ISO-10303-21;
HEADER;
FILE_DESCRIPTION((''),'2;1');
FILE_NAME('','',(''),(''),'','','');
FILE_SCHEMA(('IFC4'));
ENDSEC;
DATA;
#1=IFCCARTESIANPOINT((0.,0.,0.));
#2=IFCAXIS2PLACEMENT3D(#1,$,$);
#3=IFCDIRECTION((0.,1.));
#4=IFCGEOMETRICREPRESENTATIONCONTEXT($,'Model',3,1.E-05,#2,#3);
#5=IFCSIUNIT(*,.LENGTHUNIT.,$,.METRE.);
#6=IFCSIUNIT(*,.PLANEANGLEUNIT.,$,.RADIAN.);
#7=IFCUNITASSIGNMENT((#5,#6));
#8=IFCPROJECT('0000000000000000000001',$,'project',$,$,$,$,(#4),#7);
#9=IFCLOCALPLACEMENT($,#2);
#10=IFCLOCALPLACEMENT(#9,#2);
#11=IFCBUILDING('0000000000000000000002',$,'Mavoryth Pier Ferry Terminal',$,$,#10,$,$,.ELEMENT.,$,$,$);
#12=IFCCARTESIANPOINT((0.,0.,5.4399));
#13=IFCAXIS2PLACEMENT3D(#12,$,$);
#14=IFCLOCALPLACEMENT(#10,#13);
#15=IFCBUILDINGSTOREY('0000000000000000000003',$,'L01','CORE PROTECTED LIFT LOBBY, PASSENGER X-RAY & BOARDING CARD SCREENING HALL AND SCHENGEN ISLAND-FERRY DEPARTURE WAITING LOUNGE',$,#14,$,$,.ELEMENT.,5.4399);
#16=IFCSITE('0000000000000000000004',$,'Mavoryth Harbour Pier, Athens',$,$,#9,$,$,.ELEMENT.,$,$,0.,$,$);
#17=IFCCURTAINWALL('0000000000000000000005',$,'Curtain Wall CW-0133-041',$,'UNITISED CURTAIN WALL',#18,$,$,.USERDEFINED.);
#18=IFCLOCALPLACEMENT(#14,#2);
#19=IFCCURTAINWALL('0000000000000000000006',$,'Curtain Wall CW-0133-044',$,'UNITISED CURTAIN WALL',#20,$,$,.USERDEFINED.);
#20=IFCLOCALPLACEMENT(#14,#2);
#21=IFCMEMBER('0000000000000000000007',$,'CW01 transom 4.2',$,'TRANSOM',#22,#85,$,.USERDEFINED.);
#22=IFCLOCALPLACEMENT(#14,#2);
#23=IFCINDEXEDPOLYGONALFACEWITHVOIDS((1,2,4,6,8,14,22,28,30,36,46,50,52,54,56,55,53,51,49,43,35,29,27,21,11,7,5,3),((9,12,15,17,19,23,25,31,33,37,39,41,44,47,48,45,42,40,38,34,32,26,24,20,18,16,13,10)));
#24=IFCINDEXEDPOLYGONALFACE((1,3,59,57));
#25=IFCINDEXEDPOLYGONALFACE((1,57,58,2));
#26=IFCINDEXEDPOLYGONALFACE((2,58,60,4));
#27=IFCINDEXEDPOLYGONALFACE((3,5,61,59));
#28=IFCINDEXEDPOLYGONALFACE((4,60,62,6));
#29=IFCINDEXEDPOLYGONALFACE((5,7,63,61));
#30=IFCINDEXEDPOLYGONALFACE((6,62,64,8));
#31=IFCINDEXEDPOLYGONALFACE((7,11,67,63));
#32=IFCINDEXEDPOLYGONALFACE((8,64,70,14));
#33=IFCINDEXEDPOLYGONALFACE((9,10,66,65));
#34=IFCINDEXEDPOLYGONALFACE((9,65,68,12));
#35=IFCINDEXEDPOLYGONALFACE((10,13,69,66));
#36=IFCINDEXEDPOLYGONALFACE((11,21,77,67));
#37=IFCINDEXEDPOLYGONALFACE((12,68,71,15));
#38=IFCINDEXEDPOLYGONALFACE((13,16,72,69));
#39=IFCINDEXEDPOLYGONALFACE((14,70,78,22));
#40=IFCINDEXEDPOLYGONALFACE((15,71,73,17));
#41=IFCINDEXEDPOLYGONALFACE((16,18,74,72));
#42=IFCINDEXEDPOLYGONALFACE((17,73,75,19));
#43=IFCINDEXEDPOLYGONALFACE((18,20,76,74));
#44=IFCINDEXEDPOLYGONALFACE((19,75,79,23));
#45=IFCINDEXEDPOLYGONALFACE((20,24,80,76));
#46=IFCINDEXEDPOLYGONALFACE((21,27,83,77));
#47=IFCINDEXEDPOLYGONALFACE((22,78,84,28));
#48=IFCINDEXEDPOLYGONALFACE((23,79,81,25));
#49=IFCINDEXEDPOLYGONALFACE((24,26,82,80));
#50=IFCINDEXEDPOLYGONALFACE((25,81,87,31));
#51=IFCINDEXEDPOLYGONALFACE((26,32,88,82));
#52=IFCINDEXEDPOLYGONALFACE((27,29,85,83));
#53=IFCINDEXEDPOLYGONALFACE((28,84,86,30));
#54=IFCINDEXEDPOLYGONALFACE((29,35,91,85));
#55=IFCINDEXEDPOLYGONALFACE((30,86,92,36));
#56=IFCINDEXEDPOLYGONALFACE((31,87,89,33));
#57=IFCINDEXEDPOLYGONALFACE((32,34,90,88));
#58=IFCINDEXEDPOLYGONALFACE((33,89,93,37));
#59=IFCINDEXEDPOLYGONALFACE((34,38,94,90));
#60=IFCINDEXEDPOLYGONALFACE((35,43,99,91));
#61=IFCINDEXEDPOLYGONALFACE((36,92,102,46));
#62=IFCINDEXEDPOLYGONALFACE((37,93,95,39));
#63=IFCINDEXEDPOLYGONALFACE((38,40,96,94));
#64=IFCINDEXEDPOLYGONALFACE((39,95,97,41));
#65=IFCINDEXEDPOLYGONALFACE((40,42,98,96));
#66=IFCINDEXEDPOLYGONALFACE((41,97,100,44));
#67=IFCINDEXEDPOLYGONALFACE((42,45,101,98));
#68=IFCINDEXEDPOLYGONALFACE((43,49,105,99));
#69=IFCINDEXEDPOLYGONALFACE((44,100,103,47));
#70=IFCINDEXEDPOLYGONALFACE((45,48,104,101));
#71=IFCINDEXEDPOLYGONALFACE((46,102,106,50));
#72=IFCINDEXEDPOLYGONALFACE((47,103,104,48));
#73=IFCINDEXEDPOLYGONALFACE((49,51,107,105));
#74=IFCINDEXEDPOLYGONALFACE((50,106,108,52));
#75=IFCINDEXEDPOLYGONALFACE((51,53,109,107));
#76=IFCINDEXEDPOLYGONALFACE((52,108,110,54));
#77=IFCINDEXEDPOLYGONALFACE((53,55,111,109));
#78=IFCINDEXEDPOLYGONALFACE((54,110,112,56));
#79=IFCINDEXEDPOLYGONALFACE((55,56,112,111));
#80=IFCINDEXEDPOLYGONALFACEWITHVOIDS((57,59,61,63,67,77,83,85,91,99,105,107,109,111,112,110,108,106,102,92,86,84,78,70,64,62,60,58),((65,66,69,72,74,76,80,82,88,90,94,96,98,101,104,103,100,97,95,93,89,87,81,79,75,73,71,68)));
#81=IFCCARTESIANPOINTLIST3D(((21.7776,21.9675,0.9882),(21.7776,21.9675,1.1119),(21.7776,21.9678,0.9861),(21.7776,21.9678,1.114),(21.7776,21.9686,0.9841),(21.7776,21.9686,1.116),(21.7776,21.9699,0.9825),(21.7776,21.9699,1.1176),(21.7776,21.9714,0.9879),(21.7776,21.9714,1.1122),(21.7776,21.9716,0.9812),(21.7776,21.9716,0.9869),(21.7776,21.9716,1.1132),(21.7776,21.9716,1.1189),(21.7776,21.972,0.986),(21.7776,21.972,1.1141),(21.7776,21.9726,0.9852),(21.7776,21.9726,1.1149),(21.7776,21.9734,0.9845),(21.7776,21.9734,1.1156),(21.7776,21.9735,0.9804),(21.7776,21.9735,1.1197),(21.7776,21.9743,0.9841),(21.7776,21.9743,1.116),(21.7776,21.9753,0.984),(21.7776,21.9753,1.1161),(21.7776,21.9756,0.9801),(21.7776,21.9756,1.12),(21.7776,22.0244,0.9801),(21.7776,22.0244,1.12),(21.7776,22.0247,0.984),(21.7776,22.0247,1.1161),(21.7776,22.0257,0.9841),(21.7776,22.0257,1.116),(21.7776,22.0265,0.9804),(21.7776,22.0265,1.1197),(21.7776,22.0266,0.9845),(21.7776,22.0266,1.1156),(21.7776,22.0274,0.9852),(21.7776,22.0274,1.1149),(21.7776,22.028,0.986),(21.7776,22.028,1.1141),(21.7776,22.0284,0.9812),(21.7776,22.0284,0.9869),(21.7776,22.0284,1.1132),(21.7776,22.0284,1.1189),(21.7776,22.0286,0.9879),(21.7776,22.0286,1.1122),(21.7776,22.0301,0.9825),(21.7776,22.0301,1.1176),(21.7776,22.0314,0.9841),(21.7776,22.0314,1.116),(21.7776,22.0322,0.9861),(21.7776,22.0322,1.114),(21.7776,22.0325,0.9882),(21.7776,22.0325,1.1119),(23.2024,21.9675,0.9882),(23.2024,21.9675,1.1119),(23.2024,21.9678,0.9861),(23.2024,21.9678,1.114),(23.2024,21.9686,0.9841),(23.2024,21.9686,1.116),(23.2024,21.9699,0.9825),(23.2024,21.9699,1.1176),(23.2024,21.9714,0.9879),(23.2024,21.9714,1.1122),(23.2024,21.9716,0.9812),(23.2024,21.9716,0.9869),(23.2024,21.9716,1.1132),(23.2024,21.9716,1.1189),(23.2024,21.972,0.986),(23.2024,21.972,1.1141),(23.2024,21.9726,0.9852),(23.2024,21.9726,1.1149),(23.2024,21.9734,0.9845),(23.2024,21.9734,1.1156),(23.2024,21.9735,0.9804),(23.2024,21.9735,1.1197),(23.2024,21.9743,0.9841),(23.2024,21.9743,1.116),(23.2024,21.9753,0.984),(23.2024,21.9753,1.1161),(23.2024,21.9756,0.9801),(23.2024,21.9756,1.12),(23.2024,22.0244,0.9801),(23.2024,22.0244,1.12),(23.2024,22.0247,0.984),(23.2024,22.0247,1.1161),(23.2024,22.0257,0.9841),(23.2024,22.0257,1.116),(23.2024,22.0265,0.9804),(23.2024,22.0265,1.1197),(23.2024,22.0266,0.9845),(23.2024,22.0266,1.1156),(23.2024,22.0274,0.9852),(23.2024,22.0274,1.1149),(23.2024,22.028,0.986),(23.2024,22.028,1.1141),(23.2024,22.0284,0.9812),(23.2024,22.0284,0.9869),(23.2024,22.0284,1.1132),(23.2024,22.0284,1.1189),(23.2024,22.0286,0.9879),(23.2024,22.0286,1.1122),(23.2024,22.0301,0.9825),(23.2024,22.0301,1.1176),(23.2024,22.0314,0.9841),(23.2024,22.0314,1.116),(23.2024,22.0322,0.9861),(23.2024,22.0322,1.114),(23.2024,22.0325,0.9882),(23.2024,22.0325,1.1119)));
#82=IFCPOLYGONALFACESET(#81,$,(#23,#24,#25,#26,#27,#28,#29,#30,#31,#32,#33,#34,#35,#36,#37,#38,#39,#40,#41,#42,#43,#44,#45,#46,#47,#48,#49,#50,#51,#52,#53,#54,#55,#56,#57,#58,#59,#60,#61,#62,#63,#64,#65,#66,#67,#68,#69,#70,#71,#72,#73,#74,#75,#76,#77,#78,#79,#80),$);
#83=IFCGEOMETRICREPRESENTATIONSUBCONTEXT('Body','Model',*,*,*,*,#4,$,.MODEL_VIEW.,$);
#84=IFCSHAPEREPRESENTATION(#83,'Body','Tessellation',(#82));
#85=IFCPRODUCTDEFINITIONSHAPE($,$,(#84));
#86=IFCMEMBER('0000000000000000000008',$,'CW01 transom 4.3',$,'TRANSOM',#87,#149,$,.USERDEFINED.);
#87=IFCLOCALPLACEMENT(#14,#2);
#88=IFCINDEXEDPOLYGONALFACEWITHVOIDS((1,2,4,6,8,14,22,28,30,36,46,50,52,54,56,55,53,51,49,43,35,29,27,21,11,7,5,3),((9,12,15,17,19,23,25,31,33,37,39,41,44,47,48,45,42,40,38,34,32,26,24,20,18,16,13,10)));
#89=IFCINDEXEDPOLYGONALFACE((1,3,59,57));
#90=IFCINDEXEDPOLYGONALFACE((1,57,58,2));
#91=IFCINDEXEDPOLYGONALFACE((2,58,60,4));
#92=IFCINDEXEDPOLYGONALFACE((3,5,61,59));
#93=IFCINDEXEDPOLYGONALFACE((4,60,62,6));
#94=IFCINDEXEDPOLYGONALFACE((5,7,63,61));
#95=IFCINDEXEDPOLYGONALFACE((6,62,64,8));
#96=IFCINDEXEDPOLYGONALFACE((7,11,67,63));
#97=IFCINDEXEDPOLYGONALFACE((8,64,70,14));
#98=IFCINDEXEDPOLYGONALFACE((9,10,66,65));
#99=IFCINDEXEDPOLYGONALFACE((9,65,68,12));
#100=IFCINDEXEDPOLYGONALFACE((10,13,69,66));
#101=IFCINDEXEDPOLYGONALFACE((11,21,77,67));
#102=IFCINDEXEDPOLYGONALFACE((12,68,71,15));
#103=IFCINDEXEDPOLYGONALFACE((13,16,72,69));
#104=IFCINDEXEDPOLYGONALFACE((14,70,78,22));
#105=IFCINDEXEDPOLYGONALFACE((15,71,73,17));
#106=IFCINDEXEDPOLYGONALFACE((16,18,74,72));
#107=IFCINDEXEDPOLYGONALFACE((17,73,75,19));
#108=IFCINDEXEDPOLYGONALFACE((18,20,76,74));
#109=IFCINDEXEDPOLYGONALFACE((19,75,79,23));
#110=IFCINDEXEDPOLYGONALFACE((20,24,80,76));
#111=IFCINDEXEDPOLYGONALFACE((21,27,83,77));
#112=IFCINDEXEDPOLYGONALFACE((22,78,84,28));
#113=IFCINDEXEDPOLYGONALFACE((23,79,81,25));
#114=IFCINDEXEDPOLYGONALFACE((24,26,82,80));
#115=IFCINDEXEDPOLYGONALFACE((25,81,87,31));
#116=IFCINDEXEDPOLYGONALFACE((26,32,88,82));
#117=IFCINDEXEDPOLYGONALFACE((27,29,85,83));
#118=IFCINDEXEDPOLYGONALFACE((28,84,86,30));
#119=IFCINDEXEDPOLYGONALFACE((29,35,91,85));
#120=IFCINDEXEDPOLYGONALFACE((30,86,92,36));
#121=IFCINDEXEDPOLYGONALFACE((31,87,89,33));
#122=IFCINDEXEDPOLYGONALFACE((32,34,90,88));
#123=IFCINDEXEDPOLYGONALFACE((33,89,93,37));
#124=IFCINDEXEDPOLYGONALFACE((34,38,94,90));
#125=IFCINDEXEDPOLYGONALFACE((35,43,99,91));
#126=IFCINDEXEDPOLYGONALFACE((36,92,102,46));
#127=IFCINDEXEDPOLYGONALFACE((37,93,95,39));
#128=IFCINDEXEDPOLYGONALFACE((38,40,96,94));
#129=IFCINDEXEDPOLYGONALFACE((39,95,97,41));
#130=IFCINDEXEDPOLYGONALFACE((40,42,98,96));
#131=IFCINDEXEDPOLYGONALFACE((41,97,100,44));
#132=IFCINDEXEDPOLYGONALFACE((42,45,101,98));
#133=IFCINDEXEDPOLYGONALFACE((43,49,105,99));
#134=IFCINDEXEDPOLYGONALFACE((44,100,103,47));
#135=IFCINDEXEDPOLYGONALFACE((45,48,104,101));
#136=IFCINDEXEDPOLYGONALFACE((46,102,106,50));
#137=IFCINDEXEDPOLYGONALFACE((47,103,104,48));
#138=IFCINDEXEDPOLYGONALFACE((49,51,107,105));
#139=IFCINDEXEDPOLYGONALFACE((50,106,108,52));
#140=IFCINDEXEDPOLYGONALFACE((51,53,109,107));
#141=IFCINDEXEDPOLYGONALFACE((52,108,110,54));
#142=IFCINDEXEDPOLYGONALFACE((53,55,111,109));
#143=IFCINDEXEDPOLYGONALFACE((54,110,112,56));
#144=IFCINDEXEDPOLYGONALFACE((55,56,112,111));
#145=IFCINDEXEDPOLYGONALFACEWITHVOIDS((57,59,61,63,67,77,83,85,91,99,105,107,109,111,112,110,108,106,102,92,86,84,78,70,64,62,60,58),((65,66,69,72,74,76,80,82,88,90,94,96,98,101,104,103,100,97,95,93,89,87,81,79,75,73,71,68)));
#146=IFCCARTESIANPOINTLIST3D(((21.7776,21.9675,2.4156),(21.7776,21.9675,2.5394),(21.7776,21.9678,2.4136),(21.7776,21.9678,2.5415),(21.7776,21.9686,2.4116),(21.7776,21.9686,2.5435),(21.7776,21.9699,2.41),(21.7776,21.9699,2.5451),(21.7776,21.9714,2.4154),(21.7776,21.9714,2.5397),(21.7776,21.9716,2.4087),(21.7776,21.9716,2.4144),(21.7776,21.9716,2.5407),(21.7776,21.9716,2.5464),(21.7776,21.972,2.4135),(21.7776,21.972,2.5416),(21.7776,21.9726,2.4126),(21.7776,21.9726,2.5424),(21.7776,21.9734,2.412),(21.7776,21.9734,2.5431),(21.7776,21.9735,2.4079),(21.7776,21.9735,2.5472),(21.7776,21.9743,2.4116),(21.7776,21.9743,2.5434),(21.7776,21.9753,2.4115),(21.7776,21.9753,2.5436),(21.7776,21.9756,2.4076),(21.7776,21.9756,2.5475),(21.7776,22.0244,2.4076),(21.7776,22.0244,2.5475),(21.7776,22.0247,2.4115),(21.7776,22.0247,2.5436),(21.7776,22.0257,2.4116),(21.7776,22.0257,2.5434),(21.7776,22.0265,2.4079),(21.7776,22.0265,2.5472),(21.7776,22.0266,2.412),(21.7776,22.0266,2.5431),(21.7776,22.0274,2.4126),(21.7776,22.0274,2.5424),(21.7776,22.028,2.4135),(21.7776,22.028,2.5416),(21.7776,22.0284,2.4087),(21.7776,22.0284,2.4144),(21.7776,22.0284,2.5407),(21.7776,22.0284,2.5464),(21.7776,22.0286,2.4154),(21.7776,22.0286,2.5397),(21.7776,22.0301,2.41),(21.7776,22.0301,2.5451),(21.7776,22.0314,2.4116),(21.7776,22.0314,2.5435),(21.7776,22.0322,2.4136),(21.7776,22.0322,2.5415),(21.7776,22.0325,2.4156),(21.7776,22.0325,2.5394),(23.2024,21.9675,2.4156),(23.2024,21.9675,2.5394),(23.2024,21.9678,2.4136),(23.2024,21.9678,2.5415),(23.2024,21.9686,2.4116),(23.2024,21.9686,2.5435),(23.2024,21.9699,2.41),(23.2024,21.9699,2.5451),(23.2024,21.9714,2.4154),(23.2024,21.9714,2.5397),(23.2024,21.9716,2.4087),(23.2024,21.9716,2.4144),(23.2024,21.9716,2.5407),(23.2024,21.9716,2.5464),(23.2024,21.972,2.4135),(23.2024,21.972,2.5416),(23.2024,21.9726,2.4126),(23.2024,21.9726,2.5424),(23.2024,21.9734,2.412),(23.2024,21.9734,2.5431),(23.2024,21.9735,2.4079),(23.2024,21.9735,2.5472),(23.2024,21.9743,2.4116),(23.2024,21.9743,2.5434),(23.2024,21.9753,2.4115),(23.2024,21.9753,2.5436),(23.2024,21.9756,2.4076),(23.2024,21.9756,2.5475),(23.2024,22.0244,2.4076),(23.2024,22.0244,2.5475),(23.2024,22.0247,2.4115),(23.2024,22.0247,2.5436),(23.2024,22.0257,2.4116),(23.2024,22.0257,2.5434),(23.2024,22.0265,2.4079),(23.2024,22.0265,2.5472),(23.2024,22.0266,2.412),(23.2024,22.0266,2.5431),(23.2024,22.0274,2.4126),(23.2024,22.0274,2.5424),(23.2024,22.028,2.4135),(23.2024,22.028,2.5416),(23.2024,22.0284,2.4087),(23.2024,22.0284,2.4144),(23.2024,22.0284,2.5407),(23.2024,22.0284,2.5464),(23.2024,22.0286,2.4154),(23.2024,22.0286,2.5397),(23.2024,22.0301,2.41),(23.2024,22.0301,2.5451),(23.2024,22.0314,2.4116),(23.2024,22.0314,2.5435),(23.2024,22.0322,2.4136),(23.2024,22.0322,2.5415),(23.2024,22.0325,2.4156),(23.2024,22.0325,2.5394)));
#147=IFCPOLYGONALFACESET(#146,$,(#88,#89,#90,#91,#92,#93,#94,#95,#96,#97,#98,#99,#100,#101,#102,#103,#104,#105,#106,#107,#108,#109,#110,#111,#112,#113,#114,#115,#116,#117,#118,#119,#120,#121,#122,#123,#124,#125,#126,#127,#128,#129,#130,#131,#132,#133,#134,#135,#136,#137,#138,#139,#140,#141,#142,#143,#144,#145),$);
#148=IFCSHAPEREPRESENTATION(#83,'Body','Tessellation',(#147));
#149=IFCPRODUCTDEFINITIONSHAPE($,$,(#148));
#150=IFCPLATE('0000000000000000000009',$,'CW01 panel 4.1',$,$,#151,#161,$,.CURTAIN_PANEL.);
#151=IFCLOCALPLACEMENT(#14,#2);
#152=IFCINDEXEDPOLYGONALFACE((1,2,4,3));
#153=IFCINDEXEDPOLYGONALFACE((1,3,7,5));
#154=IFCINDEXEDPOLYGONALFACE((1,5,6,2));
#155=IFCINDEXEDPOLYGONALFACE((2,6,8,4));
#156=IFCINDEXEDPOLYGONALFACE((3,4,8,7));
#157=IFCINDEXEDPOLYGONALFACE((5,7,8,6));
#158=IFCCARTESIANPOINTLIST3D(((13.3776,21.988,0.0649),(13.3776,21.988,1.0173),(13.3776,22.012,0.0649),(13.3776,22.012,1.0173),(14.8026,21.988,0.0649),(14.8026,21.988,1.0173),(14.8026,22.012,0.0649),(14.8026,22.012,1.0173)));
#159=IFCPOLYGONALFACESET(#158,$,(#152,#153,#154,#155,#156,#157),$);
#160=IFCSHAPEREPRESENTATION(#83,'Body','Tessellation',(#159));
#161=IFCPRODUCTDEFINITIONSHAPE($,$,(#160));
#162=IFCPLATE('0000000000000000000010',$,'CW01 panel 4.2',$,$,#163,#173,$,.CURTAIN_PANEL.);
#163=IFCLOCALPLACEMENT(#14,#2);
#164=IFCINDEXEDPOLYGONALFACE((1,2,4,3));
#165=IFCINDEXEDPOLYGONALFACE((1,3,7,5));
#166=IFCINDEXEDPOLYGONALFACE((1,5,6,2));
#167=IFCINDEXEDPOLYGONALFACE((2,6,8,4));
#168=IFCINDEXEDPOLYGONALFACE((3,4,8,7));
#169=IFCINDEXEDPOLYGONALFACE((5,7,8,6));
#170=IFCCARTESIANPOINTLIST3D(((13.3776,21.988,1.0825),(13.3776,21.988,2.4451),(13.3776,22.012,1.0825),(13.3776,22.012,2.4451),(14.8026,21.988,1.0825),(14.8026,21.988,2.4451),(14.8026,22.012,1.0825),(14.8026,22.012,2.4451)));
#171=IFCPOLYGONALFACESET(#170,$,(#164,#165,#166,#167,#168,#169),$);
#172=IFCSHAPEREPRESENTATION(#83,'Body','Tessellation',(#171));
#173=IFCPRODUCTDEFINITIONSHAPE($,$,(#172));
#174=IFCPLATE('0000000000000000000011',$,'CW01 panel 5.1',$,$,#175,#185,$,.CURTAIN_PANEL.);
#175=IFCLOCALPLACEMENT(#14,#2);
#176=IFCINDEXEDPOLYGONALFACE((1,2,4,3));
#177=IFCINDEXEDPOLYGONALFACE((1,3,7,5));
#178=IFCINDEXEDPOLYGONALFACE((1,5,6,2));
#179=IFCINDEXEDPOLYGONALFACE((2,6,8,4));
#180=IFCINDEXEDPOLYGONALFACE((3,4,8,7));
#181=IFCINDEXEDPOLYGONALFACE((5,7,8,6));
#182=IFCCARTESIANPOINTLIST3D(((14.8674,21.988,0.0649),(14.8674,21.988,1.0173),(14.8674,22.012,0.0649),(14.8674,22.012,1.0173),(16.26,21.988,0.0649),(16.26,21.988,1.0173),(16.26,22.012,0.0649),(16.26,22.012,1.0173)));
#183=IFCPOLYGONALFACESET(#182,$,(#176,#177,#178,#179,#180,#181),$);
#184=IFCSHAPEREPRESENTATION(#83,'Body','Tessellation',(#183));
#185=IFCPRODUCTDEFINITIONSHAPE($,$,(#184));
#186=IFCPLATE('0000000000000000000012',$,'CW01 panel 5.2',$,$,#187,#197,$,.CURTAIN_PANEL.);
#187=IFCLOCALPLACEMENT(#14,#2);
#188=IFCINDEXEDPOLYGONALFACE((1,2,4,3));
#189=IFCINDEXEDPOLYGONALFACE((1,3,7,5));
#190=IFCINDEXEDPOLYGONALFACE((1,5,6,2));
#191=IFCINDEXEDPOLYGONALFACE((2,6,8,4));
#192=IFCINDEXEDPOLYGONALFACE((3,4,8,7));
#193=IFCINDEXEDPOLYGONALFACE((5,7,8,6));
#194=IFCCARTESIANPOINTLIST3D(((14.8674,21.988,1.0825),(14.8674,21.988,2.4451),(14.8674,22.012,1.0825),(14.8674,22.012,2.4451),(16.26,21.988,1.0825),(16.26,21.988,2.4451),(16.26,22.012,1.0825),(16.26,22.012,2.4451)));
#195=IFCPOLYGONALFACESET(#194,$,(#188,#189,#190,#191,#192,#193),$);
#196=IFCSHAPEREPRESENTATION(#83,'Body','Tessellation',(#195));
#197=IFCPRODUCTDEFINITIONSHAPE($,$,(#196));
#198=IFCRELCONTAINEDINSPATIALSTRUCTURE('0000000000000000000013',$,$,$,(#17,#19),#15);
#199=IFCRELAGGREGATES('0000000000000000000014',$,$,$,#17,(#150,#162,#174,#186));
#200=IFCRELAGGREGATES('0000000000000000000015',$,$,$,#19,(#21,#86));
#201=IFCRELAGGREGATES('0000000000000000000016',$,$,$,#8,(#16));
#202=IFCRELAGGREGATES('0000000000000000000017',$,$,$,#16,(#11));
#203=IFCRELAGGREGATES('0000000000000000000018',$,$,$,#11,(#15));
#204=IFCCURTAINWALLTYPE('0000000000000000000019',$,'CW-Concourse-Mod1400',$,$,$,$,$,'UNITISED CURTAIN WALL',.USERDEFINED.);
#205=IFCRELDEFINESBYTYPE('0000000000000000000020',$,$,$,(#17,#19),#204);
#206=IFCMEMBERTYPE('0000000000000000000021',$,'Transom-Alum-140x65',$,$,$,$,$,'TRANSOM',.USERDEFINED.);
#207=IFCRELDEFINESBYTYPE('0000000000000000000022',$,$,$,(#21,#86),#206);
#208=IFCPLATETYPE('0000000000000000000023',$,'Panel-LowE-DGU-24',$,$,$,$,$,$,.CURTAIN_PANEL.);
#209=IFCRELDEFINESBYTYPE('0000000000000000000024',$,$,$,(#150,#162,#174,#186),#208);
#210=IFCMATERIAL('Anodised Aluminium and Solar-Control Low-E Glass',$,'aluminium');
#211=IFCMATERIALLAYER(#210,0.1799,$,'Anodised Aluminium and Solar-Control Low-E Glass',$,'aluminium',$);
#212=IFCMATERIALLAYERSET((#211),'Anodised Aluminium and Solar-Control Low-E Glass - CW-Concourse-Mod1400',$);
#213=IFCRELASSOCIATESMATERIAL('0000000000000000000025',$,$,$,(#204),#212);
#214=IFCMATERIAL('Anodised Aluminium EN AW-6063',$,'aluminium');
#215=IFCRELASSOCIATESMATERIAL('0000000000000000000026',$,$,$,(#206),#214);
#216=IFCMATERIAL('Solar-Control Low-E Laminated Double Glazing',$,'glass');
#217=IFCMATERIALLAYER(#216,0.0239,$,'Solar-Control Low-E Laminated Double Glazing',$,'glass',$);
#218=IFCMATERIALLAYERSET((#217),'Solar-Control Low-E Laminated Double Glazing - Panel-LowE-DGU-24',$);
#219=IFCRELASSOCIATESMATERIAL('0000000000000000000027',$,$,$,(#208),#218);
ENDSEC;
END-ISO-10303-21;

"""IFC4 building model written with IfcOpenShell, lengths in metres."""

from ifc_helpers import new_model, si_unit, direction, frame, origin, origin_2d, place, context, subcontext, project, spatial, rectangle, hollow_rectangle, extrude, material, layer, layer_set, material_profile, profile_set, type_object, element, aggregate, save


model = new_model("IFC4")

# Units and contexts
model_context = context("Model", 3, precision=1e-05, world=origin(), true_north=direction((0.0, 1.0)))
body_context = subcontext(model_context, "Body", "Model", "MODEL_VIEW")
ifc_project = project(units=[si_unit("LENGTHUNIT", "METRE"), si_unit("PLANEANGLEUNIT", "RADIAN")], contexts=[model_context])

# Site, building, storey
site_placement = place(None, origin())
site = spatial("IfcSite", under=ifc_project, at=site_placement, Name="Mavoryth Harbour Pier, Athens", CompositionType="ELEMENT", RefElevation=0.0)
building_placement = place(site_placement, origin())
building = spatial("IfcBuilding", under=site, at=building_placement, Name="Mavoryth Pier Ferry Terminal", CompositionType="ELEMENT")
storey_placement = place(building_placement, frame((0.0, 0.0, 5.4399)))
storey = spatial("IfcBuildingStorey", under=building, at=storey_placement, Name="L01", Description="CORE PROTECTED LIFT LOBBY, PASSENGER X-RAY & BOARDING CARD SCREENING HALL AND SCHENGEN ISLAND-FERRY DEPARTURE WAITING LOUNGE", CompositionType="ELEMENT", Elevation=5.4399)

# Curtain walls
ifc_material_1 = material(Name="Anodised Aluminium and Solar-Control Low-E Glass", Category="aluminium")
ifc_layer_1 = layer(ifc_material_1, 0.1799, Name="Anodised Aluminium and Solar-Control Low-E Glass", Category="aluminium")
ifc_layer_set_1 = layer_set([ifc_layer_1], Name="Anodised Aluminium and Solar-Control Low-E Glass - CW-Concourse-Mod1400")
curtain_wall_type = type_object("IfcCurtainWallType", Name="CW-Concourse-Mod1400", ElementType="UNITISED CURTAIN WALL", PredefinedType="USERDEFINED", material=ifc_layer_set_1)
curtain_wall_1_placement = place(storey_placement, origin())
curtain_wall_1 = element("IfcCurtainWall", 1, at=curtain_wall_1_placement, inside=storey, type_object=curtain_wall_type, Name="Curtain Wall CW-0133-041", ObjectType="UNITISED CURTAIN WALL", PredefinedType="USERDEFINED")
ifc_material_2 = material(Name="Anodised Aluminium EN AW-6063", Category="aluminium")
curtain_wall_2_placement = place(storey_placement, origin())
curtain_wall_2 = element("IfcCurtainWall", 2, at=curtain_wall_2_placement, inside=storey, type_object=curtain_wall_type, Name="Curtain Wall CW-0133-044", ObjectType="UNITISED CURTAIN WALL", PredefinedType="USERDEFINED")

# Members
ifc_material_profile_1 = material_profile(ifc_material_2, hollow_rectangle(XDim=0.0649, YDim=0.1399, WallThickness=0.0039, InnerFilletRadius=0.0039, OuterFilletRadius=0.0081, at=origin_2d()), Name="AL-TRAN 140x65x4", Category="aluminium")
ifc_profile_set_1 = profile_set([ifc_material_profile_1], Name="Anodised Aluminium EN AW-6063 - AL-TRAN 140x65x4")
member_type_1 = type_object("IfcMemberType", Name="Transom-Alum-140x65", ElementType="TRANSOM", PredefinedType="USERDEFINED", material=ifc_profile_set_1)
member_1_placement = place(storey_placement, frame((21.7776, 22.0, 1.05), z_axis=(1.0, 0.0, 0.0), x_axis=(0.0, 1.0, 0.0)))
member_1 = element("IfcMember", 3, at=member_1_placement, type_object=member_type_1, Name="CW01 transom 4.2", ObjectType="TRANSOM", PredefinedType="USERDEFINED", context=body_context, shape_type="SweptSolid", body=[
    extrude(hollow_rectangle(XDim=0.0649, YDim=0.1399, WallThickness=0.0039, InnerFilletRadius=0.0039, OuterFilletRadius=0.0081, at=origin_2d()), origin(), (0.0, 0.0, 1.0), 1.4248),
])
member_2_placement = place(storey_placement, frame((21.7776, 22.0, 2.4775), z_axis=(1.0, 0.0, 0.0), x_axis=(0.0, 1.0, 0.0)))
member_2 = element("IfcMember", 4, at=member_2_placement, type_object=member_type_1, Name="CW01 transom 4.3", ObjectType="TRANSOM", PredefinedType="USERDEFINED", context=body_context, shape_type="SweptSolid", body=[
    extrude(hollow_rectangle(XDim=0.0649, YDim=0.1399, WallThickness=0.0039, InnerFilletRadius=0.0039, OuterFilletRadius=0.0081, at=origin_2d()), origin(), (0.0, 0.0, 1.0), 1.4248),
])

# Plates
ifc_material_3 = material(Name="Solar-Control Low-E Laminated Double Glazing", Category="glass")
ifc_layer_2 = layer(ifc_material_3, 0.0239, Name="Solar-Control Low-E Laminated Double Glazing", Category="glass")
ifc_layer_set_2 = layer_set([ifc_layer_2], Name="Solar-Control Low-E Laminated Double Glazing - Panel-LowE-DGU-24")
plate_type = type_object("IfcPlateType", Name="Panel-LowE-DGU-24", PredefinedType="CURTAIN_PANEL", material=ifc_layer_set_2)
plate_1_placement = place(storey_placement, frame((14.0901, 22.0, 0.0649), z_axis=(0.0, 0.0, 1.0), x_axis=(1.0, 0.0, 0.0)))
plate_1 = element("IfcPlate", 5, at=plate_1_placement, type_object=plate_type, Name="CW01 panel 4.1", PredefinedType="CURTAIN_PANEL", context=body_context, shape_type="SweptSolid", body=[
    extrude(rectangle(XDim=1.425, YDim=0.0239, at=origin_2d()), origin(), (0.0, 0.0, 1.0), 0.9524),
])
plate_2_placement = place(storey_placement, frame((14.0901, 22.0, 1.0825), z_axis=(0.0, 0.0, 1.0), x_axis=(1.0, 0.0, 0.0)))
plate_2 = element("IfcPlate", 6, at=plate_2_placement, type_object=plate_type, Name="CW01 panel 4.2", PredefinedType="CURTAIN_PANEL", context=body_context, shape_type="SweptSolid", body=[
    extrude(rectangle(XDim=1.425, YDim=0.0239, at=origin_2d()), origin(), (0.0, 0.0, 1.0), 1.3625),
])
plate_3_placement = place(storey_placement, frame((15.5637, 22.0, 0.0649), z_axis=(0.0, 0.0, 1.0), x_axis=(1.0, 0.0, 0.0)))
plate_3 = element("IfcPlate", 7, at=plate_3_placement, type_object=plate_type, Name="CW01 panel 5.1", PredefinedType="CURTAIN_PANEL", context=body_context, shape_type="SweptSolid", body=[
    extrude(rectangle(XDim=1.3926, YDim=0.0239, at=origin_2d()), origin(), (0.0, 0.0, 1.0), 0.9524),
])
plate_4_placement = place(storey_placement, frame((15.5637, 22.0, 1.0825), z_axis=(0.0, 0.0, 1.0), x_axis=(1.0, 0.0, 0.0)))
plate_4 = element("IfcPlate", 8, at=plate_4_placement, type_object=plate_type, Name="CW01 panel 5.2", PredefinedType="CURTAIN_PANEL", context=body_context, shape_type="SweptSolid", body=[
    extrude(rectangle(XDim=1.3926, YDim=0.0239, at=origin_2d()), origin(), (0.0, 0.0, 1.0), 1.3625),
])
aggregate(curtain_wall_1, [plate_1, plate_2, plate_3, plate_4])
aggregate(curtain_wall_2, [member_1, member_2])

save(model, "model.ifc")
